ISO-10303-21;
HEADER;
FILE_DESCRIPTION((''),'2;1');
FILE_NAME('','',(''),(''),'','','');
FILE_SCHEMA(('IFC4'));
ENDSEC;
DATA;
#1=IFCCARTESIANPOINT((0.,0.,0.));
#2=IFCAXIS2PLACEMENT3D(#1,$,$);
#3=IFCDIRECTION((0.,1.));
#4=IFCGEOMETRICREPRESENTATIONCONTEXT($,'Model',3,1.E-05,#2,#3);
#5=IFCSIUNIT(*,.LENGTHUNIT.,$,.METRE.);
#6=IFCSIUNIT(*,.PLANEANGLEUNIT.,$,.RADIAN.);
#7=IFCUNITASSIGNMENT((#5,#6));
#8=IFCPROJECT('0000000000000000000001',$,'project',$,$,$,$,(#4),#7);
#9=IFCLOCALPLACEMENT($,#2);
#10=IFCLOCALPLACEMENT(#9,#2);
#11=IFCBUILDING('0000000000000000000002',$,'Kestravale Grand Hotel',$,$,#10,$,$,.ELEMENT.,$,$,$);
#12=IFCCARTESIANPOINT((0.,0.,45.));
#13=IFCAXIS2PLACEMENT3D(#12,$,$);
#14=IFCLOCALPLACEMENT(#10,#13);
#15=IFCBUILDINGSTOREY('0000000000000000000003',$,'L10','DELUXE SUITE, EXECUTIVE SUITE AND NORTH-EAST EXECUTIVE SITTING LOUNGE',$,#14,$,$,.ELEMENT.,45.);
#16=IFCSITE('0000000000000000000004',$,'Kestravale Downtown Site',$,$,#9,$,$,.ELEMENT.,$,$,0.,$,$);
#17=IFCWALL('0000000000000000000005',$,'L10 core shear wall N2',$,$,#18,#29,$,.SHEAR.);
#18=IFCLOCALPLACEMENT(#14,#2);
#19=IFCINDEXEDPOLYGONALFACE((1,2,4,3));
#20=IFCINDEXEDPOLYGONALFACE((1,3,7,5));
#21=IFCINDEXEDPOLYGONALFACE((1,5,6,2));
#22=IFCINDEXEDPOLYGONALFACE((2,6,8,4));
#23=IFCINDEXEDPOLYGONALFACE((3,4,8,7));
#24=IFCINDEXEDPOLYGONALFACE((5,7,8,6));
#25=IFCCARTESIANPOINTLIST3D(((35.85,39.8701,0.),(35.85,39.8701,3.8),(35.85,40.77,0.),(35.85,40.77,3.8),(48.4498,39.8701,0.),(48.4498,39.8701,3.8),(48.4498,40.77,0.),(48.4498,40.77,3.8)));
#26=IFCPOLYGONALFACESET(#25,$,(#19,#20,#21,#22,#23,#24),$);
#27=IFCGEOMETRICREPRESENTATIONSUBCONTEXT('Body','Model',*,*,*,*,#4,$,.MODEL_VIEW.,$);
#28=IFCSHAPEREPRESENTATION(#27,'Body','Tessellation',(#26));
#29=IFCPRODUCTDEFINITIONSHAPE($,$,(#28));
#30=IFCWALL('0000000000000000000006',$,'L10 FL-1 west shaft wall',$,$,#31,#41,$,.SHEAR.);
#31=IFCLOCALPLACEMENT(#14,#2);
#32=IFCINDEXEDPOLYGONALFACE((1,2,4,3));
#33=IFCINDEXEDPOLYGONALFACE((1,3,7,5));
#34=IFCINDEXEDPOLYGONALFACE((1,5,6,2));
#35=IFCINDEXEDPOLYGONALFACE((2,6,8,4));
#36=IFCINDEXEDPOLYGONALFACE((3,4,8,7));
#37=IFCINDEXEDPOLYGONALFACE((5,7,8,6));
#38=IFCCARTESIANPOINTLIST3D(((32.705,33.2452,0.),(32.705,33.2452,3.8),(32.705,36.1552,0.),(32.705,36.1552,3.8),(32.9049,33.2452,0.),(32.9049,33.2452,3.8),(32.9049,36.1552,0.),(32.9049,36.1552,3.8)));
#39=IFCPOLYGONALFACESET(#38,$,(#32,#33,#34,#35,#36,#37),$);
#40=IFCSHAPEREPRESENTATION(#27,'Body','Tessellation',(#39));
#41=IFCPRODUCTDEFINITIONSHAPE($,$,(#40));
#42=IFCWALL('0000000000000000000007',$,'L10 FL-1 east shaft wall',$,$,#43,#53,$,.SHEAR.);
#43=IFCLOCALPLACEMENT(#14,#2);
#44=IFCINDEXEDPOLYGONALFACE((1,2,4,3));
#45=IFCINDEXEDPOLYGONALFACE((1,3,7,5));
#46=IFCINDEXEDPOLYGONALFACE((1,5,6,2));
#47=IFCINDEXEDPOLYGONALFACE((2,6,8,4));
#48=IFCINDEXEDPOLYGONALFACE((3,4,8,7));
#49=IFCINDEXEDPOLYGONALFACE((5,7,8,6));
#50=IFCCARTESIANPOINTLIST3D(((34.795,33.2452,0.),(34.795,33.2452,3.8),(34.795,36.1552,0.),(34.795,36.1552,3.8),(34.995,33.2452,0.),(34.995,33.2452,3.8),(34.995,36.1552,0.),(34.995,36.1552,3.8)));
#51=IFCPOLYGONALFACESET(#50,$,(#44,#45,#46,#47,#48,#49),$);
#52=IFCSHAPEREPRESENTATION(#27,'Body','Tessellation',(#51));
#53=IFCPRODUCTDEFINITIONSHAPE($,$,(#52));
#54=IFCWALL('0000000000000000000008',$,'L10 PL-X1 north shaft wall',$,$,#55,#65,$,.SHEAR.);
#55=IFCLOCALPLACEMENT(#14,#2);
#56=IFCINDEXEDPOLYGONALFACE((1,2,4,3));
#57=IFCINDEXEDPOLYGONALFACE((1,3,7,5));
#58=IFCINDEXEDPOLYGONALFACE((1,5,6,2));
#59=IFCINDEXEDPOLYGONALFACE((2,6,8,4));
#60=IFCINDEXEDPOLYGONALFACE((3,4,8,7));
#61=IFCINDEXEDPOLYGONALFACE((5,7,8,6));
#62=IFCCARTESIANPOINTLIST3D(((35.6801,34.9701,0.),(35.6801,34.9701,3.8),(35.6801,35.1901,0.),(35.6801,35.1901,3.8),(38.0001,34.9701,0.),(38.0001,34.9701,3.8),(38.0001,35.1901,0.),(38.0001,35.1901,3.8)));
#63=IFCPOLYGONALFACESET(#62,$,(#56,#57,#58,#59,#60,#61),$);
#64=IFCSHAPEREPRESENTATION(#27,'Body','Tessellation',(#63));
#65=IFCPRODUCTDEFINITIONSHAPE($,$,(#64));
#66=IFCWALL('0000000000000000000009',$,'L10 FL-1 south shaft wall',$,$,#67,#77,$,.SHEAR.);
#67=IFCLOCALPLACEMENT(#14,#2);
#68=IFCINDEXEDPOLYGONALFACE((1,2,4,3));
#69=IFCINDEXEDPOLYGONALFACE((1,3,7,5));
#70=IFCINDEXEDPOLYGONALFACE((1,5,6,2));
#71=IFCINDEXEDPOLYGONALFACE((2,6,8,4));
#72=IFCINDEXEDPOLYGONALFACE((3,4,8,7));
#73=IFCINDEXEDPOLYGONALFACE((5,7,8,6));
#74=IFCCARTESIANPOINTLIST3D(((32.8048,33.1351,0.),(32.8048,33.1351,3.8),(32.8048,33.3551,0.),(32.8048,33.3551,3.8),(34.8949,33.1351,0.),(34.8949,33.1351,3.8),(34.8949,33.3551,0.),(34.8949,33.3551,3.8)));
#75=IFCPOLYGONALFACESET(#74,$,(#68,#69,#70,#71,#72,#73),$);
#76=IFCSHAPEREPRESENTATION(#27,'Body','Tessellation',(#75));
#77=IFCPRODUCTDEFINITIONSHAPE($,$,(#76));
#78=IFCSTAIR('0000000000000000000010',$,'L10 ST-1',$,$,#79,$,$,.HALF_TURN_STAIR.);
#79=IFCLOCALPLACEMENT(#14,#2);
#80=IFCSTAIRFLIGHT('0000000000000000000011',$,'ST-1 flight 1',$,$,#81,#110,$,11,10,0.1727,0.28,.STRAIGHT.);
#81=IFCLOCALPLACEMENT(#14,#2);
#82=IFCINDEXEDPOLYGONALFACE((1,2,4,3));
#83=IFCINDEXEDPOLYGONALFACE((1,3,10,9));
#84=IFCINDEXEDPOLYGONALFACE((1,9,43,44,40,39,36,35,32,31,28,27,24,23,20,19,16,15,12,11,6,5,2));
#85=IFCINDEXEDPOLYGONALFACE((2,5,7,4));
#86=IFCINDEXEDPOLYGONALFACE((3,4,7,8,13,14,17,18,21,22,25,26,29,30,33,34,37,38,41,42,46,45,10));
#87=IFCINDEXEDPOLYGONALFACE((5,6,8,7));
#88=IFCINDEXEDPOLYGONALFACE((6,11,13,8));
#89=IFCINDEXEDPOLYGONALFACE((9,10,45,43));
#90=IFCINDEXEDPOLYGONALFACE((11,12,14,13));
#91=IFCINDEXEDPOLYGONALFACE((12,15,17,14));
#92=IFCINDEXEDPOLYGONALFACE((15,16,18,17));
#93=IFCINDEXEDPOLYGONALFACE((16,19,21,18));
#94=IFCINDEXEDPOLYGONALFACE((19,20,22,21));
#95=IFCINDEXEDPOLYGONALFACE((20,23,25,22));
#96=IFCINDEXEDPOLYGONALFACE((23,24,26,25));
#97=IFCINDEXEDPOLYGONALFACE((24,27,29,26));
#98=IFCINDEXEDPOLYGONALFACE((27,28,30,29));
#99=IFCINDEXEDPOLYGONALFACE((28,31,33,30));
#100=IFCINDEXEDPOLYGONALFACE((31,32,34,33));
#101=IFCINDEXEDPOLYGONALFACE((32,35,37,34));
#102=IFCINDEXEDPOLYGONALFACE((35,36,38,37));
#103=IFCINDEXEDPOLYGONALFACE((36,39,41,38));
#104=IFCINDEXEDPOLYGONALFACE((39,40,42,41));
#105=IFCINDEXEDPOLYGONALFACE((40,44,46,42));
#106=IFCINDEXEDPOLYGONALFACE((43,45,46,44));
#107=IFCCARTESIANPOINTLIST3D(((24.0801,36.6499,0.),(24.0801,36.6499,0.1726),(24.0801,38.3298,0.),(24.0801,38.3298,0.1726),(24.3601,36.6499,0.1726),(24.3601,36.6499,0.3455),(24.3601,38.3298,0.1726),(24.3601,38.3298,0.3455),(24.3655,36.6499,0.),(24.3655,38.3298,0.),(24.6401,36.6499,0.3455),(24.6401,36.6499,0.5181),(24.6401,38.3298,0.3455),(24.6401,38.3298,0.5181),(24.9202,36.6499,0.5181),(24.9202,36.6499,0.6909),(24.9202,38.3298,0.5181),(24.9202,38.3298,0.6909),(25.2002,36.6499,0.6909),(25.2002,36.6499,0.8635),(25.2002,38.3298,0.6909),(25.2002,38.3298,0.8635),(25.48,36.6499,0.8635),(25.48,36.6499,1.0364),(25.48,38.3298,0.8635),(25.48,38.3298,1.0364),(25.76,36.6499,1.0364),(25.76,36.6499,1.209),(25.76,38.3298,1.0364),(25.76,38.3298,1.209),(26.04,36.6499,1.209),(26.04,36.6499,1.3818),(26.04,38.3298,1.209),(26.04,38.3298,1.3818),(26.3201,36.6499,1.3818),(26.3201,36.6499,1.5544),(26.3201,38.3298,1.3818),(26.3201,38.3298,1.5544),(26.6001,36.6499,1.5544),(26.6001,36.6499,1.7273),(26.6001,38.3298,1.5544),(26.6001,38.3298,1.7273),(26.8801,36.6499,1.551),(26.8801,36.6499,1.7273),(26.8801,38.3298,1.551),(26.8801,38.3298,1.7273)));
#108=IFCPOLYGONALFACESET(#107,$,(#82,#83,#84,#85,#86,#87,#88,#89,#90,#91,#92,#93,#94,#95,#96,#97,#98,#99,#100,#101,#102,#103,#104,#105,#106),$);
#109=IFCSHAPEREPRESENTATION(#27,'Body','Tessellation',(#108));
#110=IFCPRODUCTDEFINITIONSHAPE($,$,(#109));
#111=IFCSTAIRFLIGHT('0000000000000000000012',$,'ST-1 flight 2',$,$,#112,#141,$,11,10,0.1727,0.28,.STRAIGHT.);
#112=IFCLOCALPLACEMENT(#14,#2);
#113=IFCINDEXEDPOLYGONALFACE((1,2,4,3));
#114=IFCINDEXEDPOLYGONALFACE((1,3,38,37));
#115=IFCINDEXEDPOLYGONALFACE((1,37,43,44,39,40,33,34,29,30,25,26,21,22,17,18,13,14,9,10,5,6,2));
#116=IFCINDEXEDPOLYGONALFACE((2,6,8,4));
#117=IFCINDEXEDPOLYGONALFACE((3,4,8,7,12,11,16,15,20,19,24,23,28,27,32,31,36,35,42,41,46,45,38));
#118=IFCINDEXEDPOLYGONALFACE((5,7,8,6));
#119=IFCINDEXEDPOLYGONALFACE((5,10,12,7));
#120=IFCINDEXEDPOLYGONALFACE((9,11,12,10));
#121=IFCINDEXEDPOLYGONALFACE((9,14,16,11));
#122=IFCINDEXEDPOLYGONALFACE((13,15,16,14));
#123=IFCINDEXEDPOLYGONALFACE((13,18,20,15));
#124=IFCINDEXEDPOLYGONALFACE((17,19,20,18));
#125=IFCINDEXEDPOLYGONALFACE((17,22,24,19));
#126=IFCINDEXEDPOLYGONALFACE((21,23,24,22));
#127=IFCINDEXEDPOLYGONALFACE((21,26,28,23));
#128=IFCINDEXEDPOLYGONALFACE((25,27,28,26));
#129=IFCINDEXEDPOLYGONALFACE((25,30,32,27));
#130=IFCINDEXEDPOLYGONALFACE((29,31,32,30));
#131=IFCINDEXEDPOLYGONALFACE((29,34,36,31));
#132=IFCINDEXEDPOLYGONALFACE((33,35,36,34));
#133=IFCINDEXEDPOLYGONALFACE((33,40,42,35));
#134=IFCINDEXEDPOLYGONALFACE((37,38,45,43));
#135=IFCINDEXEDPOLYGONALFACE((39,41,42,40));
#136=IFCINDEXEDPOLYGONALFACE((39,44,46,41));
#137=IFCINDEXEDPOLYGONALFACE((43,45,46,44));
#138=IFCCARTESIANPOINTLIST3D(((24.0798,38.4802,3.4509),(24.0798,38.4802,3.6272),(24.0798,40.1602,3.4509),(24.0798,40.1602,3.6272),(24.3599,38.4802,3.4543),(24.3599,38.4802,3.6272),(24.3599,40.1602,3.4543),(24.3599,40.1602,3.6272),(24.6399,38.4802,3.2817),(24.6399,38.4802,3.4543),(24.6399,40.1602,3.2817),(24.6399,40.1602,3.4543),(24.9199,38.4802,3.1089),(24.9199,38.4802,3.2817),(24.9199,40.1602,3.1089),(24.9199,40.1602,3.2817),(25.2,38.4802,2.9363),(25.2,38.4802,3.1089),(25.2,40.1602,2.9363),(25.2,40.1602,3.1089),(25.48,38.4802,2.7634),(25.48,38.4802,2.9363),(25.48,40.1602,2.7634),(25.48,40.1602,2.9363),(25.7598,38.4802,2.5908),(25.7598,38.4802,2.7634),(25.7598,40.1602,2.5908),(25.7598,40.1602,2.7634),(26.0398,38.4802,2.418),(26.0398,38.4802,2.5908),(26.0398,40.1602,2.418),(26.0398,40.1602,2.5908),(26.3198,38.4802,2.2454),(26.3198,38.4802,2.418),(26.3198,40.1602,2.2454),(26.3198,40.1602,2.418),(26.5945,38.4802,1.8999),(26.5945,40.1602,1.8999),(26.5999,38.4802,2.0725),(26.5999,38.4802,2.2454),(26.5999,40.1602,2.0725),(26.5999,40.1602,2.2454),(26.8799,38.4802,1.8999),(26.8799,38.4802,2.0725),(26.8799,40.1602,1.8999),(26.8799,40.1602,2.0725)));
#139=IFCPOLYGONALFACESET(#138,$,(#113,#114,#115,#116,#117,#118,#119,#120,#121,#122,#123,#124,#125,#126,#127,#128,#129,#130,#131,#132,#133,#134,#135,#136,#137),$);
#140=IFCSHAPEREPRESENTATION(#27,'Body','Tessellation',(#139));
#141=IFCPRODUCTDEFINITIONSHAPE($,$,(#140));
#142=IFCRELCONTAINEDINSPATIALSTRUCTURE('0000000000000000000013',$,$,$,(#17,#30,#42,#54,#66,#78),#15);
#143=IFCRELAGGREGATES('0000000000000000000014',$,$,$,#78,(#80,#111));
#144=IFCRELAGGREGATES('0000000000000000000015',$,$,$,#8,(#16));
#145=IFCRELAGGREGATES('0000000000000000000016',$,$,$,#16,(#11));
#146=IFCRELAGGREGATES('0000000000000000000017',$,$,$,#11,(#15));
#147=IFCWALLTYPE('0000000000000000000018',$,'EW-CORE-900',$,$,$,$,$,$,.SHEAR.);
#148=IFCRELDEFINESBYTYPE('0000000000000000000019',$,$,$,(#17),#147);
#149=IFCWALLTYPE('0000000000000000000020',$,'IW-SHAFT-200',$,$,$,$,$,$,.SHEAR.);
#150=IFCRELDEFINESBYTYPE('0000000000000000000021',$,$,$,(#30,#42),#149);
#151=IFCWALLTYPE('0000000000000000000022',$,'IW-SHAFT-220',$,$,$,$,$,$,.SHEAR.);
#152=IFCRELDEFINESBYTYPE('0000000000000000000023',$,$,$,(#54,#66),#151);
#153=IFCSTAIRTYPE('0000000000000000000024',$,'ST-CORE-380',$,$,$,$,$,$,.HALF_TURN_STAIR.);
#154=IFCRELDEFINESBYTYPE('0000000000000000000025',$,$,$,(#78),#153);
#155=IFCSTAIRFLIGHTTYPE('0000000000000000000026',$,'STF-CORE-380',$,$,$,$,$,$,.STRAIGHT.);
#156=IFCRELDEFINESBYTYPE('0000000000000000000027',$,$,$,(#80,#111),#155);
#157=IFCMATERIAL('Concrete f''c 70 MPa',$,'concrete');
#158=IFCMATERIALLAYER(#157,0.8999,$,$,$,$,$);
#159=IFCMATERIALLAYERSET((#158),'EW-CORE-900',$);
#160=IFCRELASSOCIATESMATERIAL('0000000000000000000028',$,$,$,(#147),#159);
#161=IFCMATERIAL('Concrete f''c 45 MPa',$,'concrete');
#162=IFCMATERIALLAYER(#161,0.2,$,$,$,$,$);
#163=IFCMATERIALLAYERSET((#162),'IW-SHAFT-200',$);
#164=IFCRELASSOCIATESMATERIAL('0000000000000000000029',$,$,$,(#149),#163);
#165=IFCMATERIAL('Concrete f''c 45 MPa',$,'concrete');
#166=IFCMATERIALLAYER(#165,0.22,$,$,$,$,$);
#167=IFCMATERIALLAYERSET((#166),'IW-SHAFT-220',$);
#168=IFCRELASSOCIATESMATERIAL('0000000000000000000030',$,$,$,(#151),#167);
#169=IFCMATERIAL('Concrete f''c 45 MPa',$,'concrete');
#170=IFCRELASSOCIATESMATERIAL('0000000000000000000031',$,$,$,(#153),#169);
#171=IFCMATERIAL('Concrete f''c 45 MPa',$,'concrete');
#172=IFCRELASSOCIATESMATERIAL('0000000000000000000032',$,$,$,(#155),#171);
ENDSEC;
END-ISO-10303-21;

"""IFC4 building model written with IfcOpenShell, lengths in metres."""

from ifc_helpers import new_model, si_unit, direction, frame, frame_2d, origin, place, context, subcontext, project, spatial, polyline, rectangle, outline, extrude, material, layer, layer_set, type_object, element, aggregate, save


model = new_model("IFC4")

# Units and contexts
model_context = context("Model", 3, precision=1e-05, world=origin(), true_north=direction((0.0, 1.0)))
body_context = subcontext(model_context, "Body", "Model", "MODEL_VIEW")
ifc_project = project(units=[si_unit("LENGTHUNIT", "METRE"), si_unit("PLANEANGLEUNIT", "RADIAN")], contexts=[model_context])

# Site, building, storey
site_placement = place(None, origin())
site = spatial("IfcSite", under=ifc_project, at=site_placement, Name="Kestravale Downtown Site", CompositionType="ELEMENT", RefElevation=0.0)
building_placement = place(site_placement, origin())
building = spatial("IfcBuilding", under=site, at=building_placement, Name="Kestravale Grand Hotel", CompositionType="ELEMENT")
storey_placement = place(building_placement, frame((0.0, 0.0, 45.0)))
storey = spatial("IfcBuildingStorey", under=building, at=storey_placement, Name="L10", Description="DELUXE SUITE, EXECUTIVE SUITE AND NORTH-EAST EXECUTIVE SITTING LOUNGE", CompositionType="ELEMENT", Elevation=45.0)

# Wall
ifc_material_1 = material(Name="Concrete f'c 70 MPa", Category="concrete")
ifc_layer_1 = layer(ifc_material_1, 0.8999)
ifc_layer_set_1 = layer_set([ifc_layer_1], Name="EW-CORE-900")
wall_type_1 = type_object("IfcWallType", Name="EW-CORE-900", PredefinedType="SHEAR", material=ifc_layer_set_1)
wall_1_placement = place(storey_placement, frame((35.8501, 40.3201, 0.0), z_axis=(0.0, 0.0, 1.0), x_axis=(1.0, 0.0, 0.0)))
element("IfcWall", 1, at=wall_1_placement, inside=storey, type_object=wall_type_1, Name="L10 core shear wall N2", PredefinedType="SHEAR", context=body_context, shape_type="SweptSolid", body=[
    extrude(rectangle(XDim=12.5999, YDim=0.8999, at=frame_2d((6.2998, 0.0))), origin(), (0.0, 0.0, 1.0), 3.8),
])

# Walls
ifc_material_2 = material(Name="Concrete f'c 45 MPa", Category="concrete")
ifc_layer_2 = layer(ifc_material_2, 0.2)
ifc_layer_set_2 = layer_set([ifc_layer_2], Name="IW-SHAFT-200")
wall_type_2 = type_object("IfcWallType", Name="IW-SHAFT-200", PredefinedType="SHEAR", material=ifc_layer_set_2)
for number, where, z_axis, x_axis, name in (
    (2, (32.8049, 33.2451, 0.0), (0.0, 0.0, 1.0), (0.0, 1.0, 0.0), "L10 FL-1 west shaft wall"),
    (3, (34.895, 33.2451, 0.0), (0.0, 0.0, 1.0), (0.0, 1.0, 0.0), "L10 FL-1 east shaft wall"),
):
    element("IfcWall", number, at=place(storey_placement, frame(where, z_axis=z_axis, x_axis=x_axis)), inside=storey, type_object=wall_type_2, Name=name, PredefinedType="SHEAR", context=body_context, shape_type="SweptSolid", body=[
        extrude(rectangle(XDim=2.9099, YDim=0.2, at=frame_2d((1.4551, 0.0))), origin(), (0.0, 0.0, 1.0), 3.8),
    ])
ifc_material_3 = material(Name="Concrete f'c 45 MPa", Category="concrete")
ifc_layer_3 = layer(ifc_material_3, 0.22)
ifc_layer_set_3 = layer_set([ifc_layer_3], Name="IW-SHAFT-220")
wall_type_3 = type_object("IfcWallType", Name="IW-SHAFT-220", PredefinedType="SHEAR", material=ifc_layer_set_3)
wall_2_placement = place(storey_placement, frame((35.6799, 35.0801, 0.0), z_axis=(0.0, 0.0, 1.0), x_axis=(1.0, 0.0, 0.0)))
element("IfcWall", 4, at=wall_2_placement, inside=storey, type_object=wall_type_3, Name="L10 PL-X1 north shaft wall", PredefinedType="SHEAR", context=body_context, shape_type="SweptSolid", body=[
    extrude(rectangle(XDim=2.3201, YDim=0.22, at=frame_2d((1.1602, 0.0))), origin(), (0.0, 0.0, 1.0), 3.8),
])

# Wall
wall_3_placement = place(storey_placement, frame((32.8049, 33.2451, 0.0), z_axis=(0.0, 0.0, 1.0), x_axis=(1.0, 0.0, 0.0)))
element("IfcWall", 5, at=wall_3_placement, inside=storey, type_object=wall_type_3, Name="L10 FL-1 south shaft wall", PredefinedType="SHEAR", context=body_context, shape_type="SweptSolid", body=[
    extrude(rectangle(XDim=2.0901, YDim=0.22, at=frame_2d((1.0449, 0.0))), origin(), (0.0, 0.0, 1.0), 3.8),
])

# Stair, stair flights
ifc_material_4 = material(Name="Concrete f'c 45 MPa", Category="concrete")
stair_type = type_object("IfcStairType", Name="ST-CORE-380", PredefinedType="HALF_TURN_STAIR", material=ifc_material_4)
stair_placement = place(storey_placement, origin())
stair = element("IfcStair", 6, at=stair_placement, inside=storey, type_object=stair_type, Name="L10 ST-1", PredefinedType="HALF_TURN_STAIR")
ifc_material_5 = material(Name="Concrete f'c 45 MPa", Category="concrete")
stair_flight_type = type_object("IfcStairFlightType", Name="STF-CORE-380", PredefinedType="STRAIGHT", material=ifc_material_5)
stair_flight_1_placement = place(storey_placement, frame((24.0801, 37.49, 0.0), z_axis=(0.0, 0.0, 1.0), x_axis=(1.0, 0.0, 0.0)))
stair_flight_1 = element("IfcStairFlight", 7, at=stair_flight_1_placement, type_object=stair_flight_type, Name="ST-1 flight 1", NumberOfRisers=11, NumberOfTreads=10, PredefinedType="STRAIGHT", RiserHeight=0.1727, TreadLength=0.28, context=body_context, shape_type="SweptSolid", body=[
    extrude(outline(polyline([(0.0, 0.0), (0.0, 0.1726), (0.28, 0.1726), (0.28, 0.3455), (0.5601, 0.3455), (0.5601, 0.5181), (0.8401, 0.5181), (0.8401, 0.6909), (1.1201, 0.6909), (1.1201, 0.8635), (1.3999, 0.8635), (1.3999, 1.0364), (1.6799, 1.0364), (1.6799, 1.209), (1.96, 1.209), (1.96, 1.3818), (2.24, 1.3818), (2.24, 1.5544), (2.52, 1.5544), (2.52, 1.7273), (2.8, 1.7273), (2.8, 1.8999), (2.8, 1.551), (0.2854, 0.0), (0.0, 0.0)])), frame((0.0, 0.8398, 0.0), z_axis=(0.0, -1.0, 0.0), x_axis=(1.0, 0.0, 0.0)), (0.0, 0.0, 1.0), 1.6799),
])
stair_flight_2_placement = place(storey_placement, frame((26.8799, 39.3201, 1.8999), z_axis=(0.0, 0.0, 1.0), x_axis=(-1.0, 0.0, 0.0)))
stair_flight_2 = element("IfcStairFlight", 8, at=stair_flight_2_placement, type_object=stair_flight_type, Name="ST-1 flight 2", NumberOfRisers=11, NumberOfTreads=10, PredefinedType="STRAIGHT", RiserHeight=0.1727, TreadLength=0.28, context=body_context, shape_type="SweptSolid", body=[
    extrude(outline(polyline([(0.0, 0.0), (0.0, 0.1726), (0.28, 0.1726), (0.28, 0.3455), (0.5601, 0.3455), (0.5601, 0.5181), (0.8401, 0.5181), (0.8401, 0.6909), (1.1201, 0.6909), (1.1201, 0.8635), (1.3999, 0.8635), (1.3999, 1.0364), (1.6799, 1.0364), (1.6799, 1.209), (1.96, 1.209), (1.96, 1.3818), (2.24, 1.3818), (2.24, 1.5544), (2.52, 1.5544), (2.52, 1.7273), (2.8, 1.7273), (2.8, 1.8999), (2.8, 1.551), (0.2854, 0.0), (0.0, 0.0)])), frame((0.0, 0.8398, 0.0), z_axis=(0.0, -1.0, 0.0), x_axis=(1.0, 0.0, 0.0)), (0.0, 0.0, 1.0), 1.6799),
])
aggregate(stair, [stair_flight_1, stair_flight_2])

save(model, "model.ifc")
